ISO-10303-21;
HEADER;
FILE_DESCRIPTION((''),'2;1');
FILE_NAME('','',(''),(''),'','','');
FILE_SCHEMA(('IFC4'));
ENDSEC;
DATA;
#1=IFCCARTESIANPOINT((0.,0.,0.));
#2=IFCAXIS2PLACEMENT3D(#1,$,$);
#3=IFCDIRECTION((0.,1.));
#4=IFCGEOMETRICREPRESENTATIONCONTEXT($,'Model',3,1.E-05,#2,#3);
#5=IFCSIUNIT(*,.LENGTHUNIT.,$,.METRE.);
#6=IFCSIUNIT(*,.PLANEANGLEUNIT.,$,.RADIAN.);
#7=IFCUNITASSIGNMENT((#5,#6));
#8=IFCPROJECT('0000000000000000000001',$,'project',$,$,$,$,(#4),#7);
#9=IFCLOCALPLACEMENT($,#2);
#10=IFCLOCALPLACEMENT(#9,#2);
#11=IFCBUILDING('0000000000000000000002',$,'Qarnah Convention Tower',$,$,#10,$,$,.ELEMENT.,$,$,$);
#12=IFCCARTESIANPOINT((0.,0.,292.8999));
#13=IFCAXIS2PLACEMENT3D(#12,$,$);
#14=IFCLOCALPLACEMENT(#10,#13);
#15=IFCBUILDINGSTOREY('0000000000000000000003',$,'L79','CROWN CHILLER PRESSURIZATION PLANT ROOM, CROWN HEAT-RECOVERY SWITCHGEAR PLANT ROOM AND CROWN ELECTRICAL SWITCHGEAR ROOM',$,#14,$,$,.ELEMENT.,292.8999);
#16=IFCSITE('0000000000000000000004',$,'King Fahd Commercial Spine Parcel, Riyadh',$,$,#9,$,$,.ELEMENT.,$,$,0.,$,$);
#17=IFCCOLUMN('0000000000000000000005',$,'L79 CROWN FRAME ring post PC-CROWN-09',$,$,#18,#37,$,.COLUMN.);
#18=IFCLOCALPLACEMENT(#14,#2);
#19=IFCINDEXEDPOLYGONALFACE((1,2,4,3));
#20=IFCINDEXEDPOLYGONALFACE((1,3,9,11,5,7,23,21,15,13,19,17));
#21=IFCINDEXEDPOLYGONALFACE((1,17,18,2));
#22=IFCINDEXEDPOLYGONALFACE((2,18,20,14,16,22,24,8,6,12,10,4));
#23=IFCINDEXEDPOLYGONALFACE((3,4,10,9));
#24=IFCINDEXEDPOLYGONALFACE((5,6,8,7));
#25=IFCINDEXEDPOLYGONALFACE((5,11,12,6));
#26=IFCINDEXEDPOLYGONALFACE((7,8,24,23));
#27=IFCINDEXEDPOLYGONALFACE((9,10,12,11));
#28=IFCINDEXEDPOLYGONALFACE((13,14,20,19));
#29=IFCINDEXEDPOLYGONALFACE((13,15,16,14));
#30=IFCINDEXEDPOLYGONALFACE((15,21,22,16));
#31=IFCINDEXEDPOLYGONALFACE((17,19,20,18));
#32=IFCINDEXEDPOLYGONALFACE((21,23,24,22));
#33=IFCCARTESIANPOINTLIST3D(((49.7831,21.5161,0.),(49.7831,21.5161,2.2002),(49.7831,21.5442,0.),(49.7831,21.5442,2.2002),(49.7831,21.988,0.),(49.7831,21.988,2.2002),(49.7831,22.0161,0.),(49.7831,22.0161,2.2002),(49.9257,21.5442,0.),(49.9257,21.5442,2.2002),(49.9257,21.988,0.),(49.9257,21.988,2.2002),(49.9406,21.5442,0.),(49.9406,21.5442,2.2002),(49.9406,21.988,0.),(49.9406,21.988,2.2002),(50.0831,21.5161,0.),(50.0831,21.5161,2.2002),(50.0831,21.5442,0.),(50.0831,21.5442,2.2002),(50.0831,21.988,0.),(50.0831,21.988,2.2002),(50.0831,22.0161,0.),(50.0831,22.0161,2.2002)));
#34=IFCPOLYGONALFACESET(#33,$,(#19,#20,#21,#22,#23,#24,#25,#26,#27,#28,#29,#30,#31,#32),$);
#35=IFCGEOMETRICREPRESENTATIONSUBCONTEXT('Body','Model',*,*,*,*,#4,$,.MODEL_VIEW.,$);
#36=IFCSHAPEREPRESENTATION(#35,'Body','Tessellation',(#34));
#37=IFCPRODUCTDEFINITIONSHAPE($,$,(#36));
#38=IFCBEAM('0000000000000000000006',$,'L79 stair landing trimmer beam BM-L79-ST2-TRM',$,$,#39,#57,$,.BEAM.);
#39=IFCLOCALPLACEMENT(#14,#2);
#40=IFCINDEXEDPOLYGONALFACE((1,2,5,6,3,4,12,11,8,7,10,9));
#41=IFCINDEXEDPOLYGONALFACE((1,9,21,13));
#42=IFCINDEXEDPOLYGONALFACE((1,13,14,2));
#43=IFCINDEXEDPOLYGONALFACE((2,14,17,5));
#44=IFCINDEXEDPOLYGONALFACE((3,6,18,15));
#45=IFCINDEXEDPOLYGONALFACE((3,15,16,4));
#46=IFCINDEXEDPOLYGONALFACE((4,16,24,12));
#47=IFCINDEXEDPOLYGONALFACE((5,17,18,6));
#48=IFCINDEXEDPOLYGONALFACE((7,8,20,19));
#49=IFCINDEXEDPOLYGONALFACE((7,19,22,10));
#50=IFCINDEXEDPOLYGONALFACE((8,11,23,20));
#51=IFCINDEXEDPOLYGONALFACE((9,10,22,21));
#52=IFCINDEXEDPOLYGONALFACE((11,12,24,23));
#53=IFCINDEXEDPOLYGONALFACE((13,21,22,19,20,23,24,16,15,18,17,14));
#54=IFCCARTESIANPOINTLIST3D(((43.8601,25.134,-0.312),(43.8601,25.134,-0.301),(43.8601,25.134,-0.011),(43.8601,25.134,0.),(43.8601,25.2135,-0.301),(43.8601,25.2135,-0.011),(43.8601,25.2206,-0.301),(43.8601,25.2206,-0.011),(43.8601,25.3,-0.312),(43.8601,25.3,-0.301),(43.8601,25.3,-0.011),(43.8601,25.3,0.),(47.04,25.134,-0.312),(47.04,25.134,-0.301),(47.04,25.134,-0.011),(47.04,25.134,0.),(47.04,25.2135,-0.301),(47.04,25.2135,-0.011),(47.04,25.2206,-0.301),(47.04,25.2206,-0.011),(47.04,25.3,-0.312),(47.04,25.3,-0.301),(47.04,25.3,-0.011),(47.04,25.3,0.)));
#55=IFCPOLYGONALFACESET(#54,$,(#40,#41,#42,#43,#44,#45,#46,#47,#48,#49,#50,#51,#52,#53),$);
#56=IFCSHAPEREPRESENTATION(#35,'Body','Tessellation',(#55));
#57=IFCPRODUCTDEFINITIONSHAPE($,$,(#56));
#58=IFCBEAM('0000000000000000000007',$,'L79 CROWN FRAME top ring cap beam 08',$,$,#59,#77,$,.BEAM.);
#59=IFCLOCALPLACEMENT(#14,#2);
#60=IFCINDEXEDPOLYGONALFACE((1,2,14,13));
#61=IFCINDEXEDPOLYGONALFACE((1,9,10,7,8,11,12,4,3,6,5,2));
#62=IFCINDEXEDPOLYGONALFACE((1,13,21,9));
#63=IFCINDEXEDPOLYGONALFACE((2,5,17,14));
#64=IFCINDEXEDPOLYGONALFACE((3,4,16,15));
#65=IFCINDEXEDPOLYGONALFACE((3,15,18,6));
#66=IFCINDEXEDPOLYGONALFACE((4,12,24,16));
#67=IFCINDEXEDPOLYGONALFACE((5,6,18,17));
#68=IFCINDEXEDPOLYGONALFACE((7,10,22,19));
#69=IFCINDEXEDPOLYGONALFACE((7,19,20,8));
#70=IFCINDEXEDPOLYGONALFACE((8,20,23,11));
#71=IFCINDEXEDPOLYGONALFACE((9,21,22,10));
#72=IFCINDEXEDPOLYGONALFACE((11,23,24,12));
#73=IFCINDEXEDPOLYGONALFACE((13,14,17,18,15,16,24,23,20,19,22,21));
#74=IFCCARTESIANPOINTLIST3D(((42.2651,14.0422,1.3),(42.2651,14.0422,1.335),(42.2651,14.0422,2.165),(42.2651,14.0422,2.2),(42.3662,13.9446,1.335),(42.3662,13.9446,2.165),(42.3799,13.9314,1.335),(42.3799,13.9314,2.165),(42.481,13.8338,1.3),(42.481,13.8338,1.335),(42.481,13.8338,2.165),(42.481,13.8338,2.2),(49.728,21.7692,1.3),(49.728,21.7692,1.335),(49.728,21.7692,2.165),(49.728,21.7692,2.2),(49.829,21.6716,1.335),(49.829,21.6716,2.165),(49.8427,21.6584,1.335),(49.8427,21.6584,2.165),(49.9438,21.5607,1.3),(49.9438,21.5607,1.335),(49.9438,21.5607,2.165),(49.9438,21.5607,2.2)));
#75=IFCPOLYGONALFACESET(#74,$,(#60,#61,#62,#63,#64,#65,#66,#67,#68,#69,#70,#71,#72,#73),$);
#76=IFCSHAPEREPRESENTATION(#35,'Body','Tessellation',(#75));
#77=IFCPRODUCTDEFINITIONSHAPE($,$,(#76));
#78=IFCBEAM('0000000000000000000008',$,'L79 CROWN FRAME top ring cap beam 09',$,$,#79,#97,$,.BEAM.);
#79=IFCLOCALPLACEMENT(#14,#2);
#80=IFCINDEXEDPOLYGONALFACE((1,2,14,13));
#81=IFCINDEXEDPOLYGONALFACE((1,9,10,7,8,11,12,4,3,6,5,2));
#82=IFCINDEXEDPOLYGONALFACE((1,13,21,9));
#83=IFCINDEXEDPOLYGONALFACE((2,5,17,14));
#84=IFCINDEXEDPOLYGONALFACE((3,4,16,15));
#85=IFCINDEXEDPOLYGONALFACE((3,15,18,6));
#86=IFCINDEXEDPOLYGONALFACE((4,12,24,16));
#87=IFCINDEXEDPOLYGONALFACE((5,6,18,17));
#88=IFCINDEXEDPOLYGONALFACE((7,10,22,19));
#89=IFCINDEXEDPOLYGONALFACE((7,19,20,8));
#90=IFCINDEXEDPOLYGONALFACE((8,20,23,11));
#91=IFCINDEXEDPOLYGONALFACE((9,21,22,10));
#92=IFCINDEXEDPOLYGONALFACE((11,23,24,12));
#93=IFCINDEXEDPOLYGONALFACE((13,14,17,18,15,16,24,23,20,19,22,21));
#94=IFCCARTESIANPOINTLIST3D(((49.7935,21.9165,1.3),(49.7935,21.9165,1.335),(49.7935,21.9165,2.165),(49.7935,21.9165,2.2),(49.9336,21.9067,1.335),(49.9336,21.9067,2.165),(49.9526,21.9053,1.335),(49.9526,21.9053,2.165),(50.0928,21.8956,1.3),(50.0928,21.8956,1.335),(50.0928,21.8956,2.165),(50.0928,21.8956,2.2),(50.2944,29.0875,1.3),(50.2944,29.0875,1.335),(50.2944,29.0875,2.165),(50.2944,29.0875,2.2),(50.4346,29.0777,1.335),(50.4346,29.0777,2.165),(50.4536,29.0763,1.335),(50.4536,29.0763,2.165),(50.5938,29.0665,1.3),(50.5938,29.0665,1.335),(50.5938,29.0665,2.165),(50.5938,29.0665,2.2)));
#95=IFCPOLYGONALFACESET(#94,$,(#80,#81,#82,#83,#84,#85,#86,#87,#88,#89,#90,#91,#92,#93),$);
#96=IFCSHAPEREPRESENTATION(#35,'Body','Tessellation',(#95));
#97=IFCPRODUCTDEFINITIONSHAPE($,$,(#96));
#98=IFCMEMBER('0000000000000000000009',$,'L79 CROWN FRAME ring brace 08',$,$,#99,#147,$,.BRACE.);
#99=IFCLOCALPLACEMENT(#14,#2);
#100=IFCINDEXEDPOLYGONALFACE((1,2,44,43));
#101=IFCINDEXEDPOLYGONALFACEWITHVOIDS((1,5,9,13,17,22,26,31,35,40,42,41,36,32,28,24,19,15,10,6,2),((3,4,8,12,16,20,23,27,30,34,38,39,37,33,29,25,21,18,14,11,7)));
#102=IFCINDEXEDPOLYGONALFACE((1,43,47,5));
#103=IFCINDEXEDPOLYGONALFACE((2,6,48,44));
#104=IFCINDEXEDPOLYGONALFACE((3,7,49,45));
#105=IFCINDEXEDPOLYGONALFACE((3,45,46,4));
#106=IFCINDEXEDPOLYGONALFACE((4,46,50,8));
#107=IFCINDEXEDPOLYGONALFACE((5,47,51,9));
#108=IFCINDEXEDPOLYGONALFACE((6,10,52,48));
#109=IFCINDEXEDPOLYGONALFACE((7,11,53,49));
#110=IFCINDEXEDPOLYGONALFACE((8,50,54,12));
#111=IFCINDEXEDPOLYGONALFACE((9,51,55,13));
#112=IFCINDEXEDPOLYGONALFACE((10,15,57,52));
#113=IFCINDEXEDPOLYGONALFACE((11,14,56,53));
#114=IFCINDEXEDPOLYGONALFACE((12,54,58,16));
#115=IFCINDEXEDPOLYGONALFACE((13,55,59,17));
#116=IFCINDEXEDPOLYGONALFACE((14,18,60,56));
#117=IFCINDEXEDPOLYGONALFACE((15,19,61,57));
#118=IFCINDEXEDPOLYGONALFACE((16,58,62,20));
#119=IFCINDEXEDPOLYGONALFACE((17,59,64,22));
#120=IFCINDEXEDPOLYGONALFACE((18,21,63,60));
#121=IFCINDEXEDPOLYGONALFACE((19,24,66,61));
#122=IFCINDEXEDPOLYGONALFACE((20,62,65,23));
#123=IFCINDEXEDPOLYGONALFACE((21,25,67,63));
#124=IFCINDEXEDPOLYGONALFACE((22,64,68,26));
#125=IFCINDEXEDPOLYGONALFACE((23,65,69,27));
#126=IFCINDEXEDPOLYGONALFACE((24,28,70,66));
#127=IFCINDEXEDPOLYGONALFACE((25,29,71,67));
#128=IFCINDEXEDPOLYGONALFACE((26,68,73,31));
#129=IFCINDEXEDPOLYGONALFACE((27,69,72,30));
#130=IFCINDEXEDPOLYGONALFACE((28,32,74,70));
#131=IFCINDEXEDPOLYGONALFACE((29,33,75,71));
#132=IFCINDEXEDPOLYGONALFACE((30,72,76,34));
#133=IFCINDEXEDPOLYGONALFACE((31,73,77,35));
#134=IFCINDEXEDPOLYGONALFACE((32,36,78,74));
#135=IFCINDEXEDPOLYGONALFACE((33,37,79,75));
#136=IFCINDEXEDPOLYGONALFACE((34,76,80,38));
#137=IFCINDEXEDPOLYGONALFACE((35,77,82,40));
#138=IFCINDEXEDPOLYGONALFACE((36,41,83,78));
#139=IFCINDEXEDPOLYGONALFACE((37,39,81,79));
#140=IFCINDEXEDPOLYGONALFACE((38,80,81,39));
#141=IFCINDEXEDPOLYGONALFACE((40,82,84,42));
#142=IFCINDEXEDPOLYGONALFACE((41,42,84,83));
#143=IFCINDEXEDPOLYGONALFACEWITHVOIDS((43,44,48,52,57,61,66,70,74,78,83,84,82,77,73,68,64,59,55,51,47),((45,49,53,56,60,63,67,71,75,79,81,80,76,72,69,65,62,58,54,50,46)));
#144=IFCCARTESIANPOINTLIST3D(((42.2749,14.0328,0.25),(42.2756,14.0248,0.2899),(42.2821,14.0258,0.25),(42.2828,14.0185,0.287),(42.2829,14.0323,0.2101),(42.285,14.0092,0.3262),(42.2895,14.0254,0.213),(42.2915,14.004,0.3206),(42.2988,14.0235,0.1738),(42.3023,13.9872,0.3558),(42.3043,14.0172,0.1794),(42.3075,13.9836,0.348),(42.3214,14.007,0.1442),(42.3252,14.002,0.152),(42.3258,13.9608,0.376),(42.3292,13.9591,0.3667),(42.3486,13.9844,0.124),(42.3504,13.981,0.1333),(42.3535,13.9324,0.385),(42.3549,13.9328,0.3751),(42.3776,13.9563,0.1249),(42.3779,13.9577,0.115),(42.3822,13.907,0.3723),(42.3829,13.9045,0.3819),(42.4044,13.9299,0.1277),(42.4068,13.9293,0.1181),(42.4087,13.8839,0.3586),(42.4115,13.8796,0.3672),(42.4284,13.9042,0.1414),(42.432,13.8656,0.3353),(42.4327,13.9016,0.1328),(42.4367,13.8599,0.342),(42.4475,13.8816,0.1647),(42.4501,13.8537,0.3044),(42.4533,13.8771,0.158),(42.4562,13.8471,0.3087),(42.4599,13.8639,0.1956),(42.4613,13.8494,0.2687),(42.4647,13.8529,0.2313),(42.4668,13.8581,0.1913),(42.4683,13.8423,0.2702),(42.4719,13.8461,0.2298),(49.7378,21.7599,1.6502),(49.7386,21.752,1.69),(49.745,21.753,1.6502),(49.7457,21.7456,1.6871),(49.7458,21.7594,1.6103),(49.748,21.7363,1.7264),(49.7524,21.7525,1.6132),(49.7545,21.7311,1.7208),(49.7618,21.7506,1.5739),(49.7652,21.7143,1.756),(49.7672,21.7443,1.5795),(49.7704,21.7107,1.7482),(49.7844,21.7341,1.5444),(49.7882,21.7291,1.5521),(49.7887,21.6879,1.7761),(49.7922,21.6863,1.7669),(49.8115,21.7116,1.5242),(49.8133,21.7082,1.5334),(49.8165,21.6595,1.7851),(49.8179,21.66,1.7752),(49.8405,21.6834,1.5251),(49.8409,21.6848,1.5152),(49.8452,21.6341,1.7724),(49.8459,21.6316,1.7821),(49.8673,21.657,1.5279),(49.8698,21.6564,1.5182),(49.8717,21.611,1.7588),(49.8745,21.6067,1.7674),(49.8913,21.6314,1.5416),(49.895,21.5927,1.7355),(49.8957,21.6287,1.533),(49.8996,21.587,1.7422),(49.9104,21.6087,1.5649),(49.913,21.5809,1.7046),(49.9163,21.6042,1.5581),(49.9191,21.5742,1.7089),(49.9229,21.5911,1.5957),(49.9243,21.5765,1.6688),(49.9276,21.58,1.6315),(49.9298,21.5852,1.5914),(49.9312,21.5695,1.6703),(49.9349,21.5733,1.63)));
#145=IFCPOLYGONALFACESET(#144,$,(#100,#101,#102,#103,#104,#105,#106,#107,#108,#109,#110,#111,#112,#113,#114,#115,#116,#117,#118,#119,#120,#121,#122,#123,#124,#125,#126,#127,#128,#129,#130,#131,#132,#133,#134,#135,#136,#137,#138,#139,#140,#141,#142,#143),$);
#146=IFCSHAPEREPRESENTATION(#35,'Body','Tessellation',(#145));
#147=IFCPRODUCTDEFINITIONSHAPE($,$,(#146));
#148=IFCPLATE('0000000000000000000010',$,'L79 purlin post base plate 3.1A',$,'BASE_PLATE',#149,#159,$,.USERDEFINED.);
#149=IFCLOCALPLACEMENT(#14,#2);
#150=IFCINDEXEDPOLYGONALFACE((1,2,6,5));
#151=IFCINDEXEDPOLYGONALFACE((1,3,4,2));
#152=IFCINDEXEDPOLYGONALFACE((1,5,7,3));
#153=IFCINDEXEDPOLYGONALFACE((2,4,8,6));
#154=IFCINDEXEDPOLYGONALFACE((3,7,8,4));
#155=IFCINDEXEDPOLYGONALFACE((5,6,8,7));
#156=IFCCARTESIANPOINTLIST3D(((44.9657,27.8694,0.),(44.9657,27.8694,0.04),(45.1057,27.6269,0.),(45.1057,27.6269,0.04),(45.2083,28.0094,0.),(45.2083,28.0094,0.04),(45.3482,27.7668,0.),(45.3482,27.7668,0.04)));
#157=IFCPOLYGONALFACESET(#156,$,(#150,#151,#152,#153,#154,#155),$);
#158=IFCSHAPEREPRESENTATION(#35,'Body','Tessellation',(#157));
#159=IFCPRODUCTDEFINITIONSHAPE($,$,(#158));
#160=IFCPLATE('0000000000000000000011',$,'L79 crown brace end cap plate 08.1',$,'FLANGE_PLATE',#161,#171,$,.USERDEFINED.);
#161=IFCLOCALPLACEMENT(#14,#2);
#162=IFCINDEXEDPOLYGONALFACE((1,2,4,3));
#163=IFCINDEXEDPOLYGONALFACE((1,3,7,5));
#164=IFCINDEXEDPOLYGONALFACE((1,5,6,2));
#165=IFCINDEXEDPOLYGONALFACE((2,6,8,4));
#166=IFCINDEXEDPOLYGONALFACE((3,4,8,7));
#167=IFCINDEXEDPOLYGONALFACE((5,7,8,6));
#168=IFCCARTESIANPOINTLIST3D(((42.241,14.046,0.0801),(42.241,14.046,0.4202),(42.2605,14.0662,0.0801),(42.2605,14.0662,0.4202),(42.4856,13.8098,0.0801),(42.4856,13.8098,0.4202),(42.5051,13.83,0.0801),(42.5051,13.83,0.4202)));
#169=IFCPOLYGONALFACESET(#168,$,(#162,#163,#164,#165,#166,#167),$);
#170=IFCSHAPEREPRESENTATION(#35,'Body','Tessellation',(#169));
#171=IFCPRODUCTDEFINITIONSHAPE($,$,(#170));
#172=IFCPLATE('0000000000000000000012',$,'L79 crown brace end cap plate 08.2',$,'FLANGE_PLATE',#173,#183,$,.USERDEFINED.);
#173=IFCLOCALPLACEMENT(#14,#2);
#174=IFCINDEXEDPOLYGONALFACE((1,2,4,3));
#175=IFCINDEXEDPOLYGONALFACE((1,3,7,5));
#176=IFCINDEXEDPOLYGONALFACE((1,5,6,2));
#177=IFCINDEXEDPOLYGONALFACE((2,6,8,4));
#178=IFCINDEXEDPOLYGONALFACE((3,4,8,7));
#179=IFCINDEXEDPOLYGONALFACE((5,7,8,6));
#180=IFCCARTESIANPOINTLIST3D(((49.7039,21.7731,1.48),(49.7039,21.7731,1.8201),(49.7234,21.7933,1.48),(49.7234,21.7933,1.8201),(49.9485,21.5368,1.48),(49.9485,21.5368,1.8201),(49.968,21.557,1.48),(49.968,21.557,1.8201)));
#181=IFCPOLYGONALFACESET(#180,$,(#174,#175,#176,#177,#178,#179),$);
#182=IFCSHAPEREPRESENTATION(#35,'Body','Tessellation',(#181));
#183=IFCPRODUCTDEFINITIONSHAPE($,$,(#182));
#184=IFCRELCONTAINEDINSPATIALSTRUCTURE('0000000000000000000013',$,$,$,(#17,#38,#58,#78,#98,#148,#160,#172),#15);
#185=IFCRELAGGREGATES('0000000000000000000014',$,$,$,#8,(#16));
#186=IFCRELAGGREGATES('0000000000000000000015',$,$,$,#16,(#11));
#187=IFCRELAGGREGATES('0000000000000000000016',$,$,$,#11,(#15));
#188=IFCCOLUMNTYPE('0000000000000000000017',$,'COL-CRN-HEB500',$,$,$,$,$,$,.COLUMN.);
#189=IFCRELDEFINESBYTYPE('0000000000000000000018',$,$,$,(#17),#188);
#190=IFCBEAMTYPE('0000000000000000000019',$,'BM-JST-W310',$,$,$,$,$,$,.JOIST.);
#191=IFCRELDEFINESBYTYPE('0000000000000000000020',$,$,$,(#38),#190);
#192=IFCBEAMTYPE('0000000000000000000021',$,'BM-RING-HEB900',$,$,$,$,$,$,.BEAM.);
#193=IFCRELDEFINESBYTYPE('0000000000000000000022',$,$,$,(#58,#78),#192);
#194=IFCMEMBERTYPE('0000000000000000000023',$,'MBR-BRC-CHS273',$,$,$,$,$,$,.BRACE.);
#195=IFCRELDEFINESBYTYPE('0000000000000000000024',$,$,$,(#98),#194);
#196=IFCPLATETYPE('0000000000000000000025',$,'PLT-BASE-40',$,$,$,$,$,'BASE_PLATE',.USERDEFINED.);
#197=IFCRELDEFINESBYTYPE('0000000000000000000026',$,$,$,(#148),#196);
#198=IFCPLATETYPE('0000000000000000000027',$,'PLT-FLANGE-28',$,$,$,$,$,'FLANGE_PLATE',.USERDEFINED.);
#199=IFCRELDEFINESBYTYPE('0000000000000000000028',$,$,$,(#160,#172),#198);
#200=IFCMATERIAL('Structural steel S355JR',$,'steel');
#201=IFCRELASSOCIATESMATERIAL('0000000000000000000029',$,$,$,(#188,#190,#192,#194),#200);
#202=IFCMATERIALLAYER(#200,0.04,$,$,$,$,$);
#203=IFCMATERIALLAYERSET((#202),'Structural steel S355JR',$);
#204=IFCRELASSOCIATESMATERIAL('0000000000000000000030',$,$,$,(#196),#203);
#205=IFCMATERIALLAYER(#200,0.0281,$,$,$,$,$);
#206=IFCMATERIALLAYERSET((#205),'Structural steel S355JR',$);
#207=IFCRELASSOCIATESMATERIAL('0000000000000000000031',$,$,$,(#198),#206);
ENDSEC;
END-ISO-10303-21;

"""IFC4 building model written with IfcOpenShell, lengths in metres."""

from ifc_helpers import new_model, si_unit, direction, frame, origin, origin_2d, place, context, subcontext, project, spatial, rectangle, hollow_circle, i_section, extrude, material, layer, layer_set, material_profile, profile_set, type_object, element, save


model = new_model("IFC4")

# Units and contexts
model_context = context("Model", 3, precision=1e-05, world=origin(), true_north=direction((0.0, 1.0)))
body_context = subcontext(model_context, "Body", "Model", "MODEL_VIEW")
ifc_project = project(units=[si_unit("LENGTHUNIT", "METRE"), si_unit("PLANEANGLEUNIT", "RADIAN")], contexts=[model_context])

# Site, building, storey
site_placement = place(None, origin())
site = spatial("IfcSite", under=ifc_project, at=site_placement, Name="King Fahd Commercial Spine Parcel, Riyadh", CompositionType="ELEMENT", RefElevation=0.0)
building_placement = place(site_placement, origin())
building = spatial("IfcBuilding", under=site, at=building_placement, Name="Qarnah Convention Tower", CompositionType="ELEMENT")
storey_placement = place(building_placement, frame((0.0, 0.0, 292.8999)))
storey = spatial("IfcBuildingStorey", under=building, at=storey_placement, Name="L79", Description="CROWN CHILLER PRESSURIZATION PLANT ROOM, CROWN HEAT-RECOVERY SWITCHGEAR PLANT ROOM AND CROWN ELECTRICAL SWITCHGEAR ROOM", CompositionType="ELEMENT", Elevation=292.8999)

# Column
ifc_material_1 = material(Name="Structural steel S355JR", Category="steel")
ifc_material_profile_1 = material_profile(ifc_material_1, i_section(OverallWidth=0.3, OverallDepth=0.5, WebThickness=0.0149, FlangeThickness=0.0281, at=origin_2d()), Name="HEB500")
ifc_profile_set_1 = profile_set([ifc_material_profile_1], Name="Structural steel S355JR")
column_type = type_object("IfcColumnType", Name="COL-CRN-HEB500", PredefinedType="COLUMN", material=ifc_profile_set_1)
column_placement = place(storey_placement, frame((49.9331, 21.7661, 0.0), z_axis=(0.0, 0.0, 1.0), x_axis=(1.0, 0.0, 0.0)))
element("IfcColumn", 1, at=column_placement, inside=storey, type_object=column_type, Name="L79 CROWN FRAME ring post PC-CROWN-09", PredefinedType="COLUMN", context=body_context, shape_type="SweptSolid", body=[
    extrude(i_section(OverallWidth=0.3, OverallDepth=0.5, WebThickness=0.0149, FlangeThickness=0.0281, at=origin_2d()), origin(), (0.0, 0.0, 1.0), 2.2002),
])

# Beams
ifc_material_profile_2 = material_profile(ifc_material_1, i_section(OverallWidth=0.166, OverallDepth=0.312, WebThickness=0.0071, FlangeThickness=0.011, at=origin_2d()), Name="W310X45")
ifc_profile_set_2 = profile_set([ifc_material_profile_2], Name="Structural steel S355JR")
beam_type_1 = type_object("IfcBeamType", Name="BM-JST-W310", PredefinedType="JOIST", material=ifc_profile_set_2)
beam_1_placement = place(storey_placement, frame((43.8601, 25.217, -0.156), z_axis=(1.0, 0.0, 0.0), x_axis=(0.0, 1.0, 0.0)))
element("IfcBeam", 2, at=beam_1_placement, inside=storey, type_object=beam_type_1, Name="L79 stair landing trimmer beam BM-L79-ST2-TRM", PredefinedType="BEAM", context=body_context, shape_type="SweptSolid", body=[
    extrude(i_section(OverallWidth=0.166, OverallDepth=0.312, WebThickness=0.0071, FlangeThickness=0.011, at=origin_2d()), origin(), (0.0, 0.0, 1.0), 3.1799),
])
ifc_material_profile_3 = material_profile(ifc_material_1, i_section(OverallWidth=0.3, OverallDepth=0.8999, WebThickness=0.019, FlangeThickness=0.0349, at=origin_2d()), Name="HEB900")
ifc_profile_set_3 = profile_set([ifc_material_profile_3], Name="Structural steel S355JR")
beam_type_2 = type_object("IfcBeamType", Name="BM-RING-HEB900", PredefinedType="BEAM", material=ifc_profile_set_3)
beam_2_placement = place(storey_placement, frame((42.373, 13.938, 1.75), z_axis=(0.694705, 0.719295, 0.0), x_axis=(-0.719295, 0.694705, 0.0)))
element("IfcBeam", 3, at=beam_2_placement, inside=storey, type_object=beam_type_2, Name="L79 CROWN FRAME top ring cap beam 08", PredefinedType="BEAM", context=body_context, shape_type="SweptSolid", body=[
    extrude(i_section(OverallWidth=0.3, OverallDepth=0.8999, WebThickness=0.019, FlangeThickness=0.0349, at=origin_2d()), origin(), (0.0, 0.0, 1.0), 10.7424),
])
beam_3_placement = place(storey_placement, frame((49.9431, 21.906, 1.75), z_axis=(0.069693, 0.997569, 0.0), x_axis=(-0.997569, 0.069693, 0.0)))
element("IfcBeam", 4, at=beam_3_placement, inside=storey, type_object=beam_type_2, Name="L79 CROWN FRAME top ring cap beam 09", PredefinedType="BEAM", context=body_context, shape_type="SweptSolid", body=[
    extrude(i_section(OverallWidth=0.3, OverallDepth=0.8999, WebThickness=0.019, FlangeThickness=0.0349, at=origin_2d()), origin(), (0.0, 0.0, 1.0), 7.1885),
])

# Member
ifc_material_profile_4 = material_profile(ifc_material_1, hollow_circle(Radius=0.1365, WallThickness=0.01, at=origin_2d()), Name="CHS273X10")
ifc_profile_set_4 = profile_set([ifc_material_profile_4], Name="Structural steel S355JR")
member_type = type_object("IfcMemberType", Name="MBR-BRC-CHS273", PredefinedType="BRACE", material=ifc_profile_set_4)
member_placement = place(storey_placement, frame((42.373, 13.938, 0.25), z_axis=(0.688878, 0.713262, 0.129244), x_axis=(-0.719295, 0.694705, 0.0)))
element("IfcMember", 5, at=member_placement, inside=storey, type_object=member_type, Name="L79 CROWN FRAME ring brace 08", PredefinedType="BRACE", context=body_context, shape_type="SweptSolid", body=[
    extrude(hollow_circle(Radius=0.1365, WallThickness=0.01, at=origin_2d()), origin(), (0.0, 0.0, 1.0), 10.8335),
])

# Plates
ifc_layer_1 = layer(ifc_material_1, 0.04)
ifc_layer_set_1 = layer_set([ifc_layer_1], Name="Structural steel S355JR")
plate_type_1 = type_object("IfcPlateType", Name="PLT-BASE-40", ElementType="BASE_PLATE", PredefinedType="USERDEFINED", material=ifc_layer_set_1)
plate_1_placement = place(storey_placement, frame((45.157, 27.8181, 0.0), z_axis=(0.0, 0.0, 1.0), x_axis=(-0.499853, 0.86611, 0.0)))
element("IfcPlate", 6, at=plate_1_placement, inside=storey, type_object=plate_type_1, Name="L79 purlin post base plate 3.1A", ObjectType="BASE_PLATE", PredefinedType="USERDEFINED", context=body_context, shape_type="SweptSolid", body=[
    extrude(rectangle(XDim=0.28, YDim=0.28, at=origin_2d()), origin(), (0.0, 0.0, 1.0), 0.04),
])
ifc_layer_2 = layer(ifc_material_1, 0.0281)
ifc_layer_set_2 = layer_set([ifc_layer_2], Name="Structural steel S355JR")
plate_type_2 = type_object("IfcPlateType", Name="PLT-FLANGE-28", ElementType="FLANGE_PLATE", PredefinedType="USERDEFINED", material=ifc_layer_set_2)
for number, where, z_axis, x_axis, name in (
    (7, (42.373, 13.938, 0.0801), (0.0, 0.0, 1.0), (0.694712, 0.719288, 0.0), "L79 crown brace end cap plate 08.1"),
    (8, (49.8359, 21.665, 1.48), (0.0, 0.0, 1.0), (0.694712, 0.719288, 0.0), "L79 crown brace end cap plate 08.2"),
):
    element("IfcPlate", number, at=place(storey_placement, frame(where, z_axis=z_axis, x_axis=x_axis)), inside=storey, type_object=plate_type_2, Name=name, ObjectType="FLANGE_PLATE", PredefinedType="USERDEFINED", context=body_context, shape_type="SweptSolid", body=[
        extrude(rectangle(XDim=0.0281, YDim=0.3401, at=origin_2d()), origin(), (0.0, 0.0, 1.0), 0.3401),
    ])

save(model, "model.ifc")
